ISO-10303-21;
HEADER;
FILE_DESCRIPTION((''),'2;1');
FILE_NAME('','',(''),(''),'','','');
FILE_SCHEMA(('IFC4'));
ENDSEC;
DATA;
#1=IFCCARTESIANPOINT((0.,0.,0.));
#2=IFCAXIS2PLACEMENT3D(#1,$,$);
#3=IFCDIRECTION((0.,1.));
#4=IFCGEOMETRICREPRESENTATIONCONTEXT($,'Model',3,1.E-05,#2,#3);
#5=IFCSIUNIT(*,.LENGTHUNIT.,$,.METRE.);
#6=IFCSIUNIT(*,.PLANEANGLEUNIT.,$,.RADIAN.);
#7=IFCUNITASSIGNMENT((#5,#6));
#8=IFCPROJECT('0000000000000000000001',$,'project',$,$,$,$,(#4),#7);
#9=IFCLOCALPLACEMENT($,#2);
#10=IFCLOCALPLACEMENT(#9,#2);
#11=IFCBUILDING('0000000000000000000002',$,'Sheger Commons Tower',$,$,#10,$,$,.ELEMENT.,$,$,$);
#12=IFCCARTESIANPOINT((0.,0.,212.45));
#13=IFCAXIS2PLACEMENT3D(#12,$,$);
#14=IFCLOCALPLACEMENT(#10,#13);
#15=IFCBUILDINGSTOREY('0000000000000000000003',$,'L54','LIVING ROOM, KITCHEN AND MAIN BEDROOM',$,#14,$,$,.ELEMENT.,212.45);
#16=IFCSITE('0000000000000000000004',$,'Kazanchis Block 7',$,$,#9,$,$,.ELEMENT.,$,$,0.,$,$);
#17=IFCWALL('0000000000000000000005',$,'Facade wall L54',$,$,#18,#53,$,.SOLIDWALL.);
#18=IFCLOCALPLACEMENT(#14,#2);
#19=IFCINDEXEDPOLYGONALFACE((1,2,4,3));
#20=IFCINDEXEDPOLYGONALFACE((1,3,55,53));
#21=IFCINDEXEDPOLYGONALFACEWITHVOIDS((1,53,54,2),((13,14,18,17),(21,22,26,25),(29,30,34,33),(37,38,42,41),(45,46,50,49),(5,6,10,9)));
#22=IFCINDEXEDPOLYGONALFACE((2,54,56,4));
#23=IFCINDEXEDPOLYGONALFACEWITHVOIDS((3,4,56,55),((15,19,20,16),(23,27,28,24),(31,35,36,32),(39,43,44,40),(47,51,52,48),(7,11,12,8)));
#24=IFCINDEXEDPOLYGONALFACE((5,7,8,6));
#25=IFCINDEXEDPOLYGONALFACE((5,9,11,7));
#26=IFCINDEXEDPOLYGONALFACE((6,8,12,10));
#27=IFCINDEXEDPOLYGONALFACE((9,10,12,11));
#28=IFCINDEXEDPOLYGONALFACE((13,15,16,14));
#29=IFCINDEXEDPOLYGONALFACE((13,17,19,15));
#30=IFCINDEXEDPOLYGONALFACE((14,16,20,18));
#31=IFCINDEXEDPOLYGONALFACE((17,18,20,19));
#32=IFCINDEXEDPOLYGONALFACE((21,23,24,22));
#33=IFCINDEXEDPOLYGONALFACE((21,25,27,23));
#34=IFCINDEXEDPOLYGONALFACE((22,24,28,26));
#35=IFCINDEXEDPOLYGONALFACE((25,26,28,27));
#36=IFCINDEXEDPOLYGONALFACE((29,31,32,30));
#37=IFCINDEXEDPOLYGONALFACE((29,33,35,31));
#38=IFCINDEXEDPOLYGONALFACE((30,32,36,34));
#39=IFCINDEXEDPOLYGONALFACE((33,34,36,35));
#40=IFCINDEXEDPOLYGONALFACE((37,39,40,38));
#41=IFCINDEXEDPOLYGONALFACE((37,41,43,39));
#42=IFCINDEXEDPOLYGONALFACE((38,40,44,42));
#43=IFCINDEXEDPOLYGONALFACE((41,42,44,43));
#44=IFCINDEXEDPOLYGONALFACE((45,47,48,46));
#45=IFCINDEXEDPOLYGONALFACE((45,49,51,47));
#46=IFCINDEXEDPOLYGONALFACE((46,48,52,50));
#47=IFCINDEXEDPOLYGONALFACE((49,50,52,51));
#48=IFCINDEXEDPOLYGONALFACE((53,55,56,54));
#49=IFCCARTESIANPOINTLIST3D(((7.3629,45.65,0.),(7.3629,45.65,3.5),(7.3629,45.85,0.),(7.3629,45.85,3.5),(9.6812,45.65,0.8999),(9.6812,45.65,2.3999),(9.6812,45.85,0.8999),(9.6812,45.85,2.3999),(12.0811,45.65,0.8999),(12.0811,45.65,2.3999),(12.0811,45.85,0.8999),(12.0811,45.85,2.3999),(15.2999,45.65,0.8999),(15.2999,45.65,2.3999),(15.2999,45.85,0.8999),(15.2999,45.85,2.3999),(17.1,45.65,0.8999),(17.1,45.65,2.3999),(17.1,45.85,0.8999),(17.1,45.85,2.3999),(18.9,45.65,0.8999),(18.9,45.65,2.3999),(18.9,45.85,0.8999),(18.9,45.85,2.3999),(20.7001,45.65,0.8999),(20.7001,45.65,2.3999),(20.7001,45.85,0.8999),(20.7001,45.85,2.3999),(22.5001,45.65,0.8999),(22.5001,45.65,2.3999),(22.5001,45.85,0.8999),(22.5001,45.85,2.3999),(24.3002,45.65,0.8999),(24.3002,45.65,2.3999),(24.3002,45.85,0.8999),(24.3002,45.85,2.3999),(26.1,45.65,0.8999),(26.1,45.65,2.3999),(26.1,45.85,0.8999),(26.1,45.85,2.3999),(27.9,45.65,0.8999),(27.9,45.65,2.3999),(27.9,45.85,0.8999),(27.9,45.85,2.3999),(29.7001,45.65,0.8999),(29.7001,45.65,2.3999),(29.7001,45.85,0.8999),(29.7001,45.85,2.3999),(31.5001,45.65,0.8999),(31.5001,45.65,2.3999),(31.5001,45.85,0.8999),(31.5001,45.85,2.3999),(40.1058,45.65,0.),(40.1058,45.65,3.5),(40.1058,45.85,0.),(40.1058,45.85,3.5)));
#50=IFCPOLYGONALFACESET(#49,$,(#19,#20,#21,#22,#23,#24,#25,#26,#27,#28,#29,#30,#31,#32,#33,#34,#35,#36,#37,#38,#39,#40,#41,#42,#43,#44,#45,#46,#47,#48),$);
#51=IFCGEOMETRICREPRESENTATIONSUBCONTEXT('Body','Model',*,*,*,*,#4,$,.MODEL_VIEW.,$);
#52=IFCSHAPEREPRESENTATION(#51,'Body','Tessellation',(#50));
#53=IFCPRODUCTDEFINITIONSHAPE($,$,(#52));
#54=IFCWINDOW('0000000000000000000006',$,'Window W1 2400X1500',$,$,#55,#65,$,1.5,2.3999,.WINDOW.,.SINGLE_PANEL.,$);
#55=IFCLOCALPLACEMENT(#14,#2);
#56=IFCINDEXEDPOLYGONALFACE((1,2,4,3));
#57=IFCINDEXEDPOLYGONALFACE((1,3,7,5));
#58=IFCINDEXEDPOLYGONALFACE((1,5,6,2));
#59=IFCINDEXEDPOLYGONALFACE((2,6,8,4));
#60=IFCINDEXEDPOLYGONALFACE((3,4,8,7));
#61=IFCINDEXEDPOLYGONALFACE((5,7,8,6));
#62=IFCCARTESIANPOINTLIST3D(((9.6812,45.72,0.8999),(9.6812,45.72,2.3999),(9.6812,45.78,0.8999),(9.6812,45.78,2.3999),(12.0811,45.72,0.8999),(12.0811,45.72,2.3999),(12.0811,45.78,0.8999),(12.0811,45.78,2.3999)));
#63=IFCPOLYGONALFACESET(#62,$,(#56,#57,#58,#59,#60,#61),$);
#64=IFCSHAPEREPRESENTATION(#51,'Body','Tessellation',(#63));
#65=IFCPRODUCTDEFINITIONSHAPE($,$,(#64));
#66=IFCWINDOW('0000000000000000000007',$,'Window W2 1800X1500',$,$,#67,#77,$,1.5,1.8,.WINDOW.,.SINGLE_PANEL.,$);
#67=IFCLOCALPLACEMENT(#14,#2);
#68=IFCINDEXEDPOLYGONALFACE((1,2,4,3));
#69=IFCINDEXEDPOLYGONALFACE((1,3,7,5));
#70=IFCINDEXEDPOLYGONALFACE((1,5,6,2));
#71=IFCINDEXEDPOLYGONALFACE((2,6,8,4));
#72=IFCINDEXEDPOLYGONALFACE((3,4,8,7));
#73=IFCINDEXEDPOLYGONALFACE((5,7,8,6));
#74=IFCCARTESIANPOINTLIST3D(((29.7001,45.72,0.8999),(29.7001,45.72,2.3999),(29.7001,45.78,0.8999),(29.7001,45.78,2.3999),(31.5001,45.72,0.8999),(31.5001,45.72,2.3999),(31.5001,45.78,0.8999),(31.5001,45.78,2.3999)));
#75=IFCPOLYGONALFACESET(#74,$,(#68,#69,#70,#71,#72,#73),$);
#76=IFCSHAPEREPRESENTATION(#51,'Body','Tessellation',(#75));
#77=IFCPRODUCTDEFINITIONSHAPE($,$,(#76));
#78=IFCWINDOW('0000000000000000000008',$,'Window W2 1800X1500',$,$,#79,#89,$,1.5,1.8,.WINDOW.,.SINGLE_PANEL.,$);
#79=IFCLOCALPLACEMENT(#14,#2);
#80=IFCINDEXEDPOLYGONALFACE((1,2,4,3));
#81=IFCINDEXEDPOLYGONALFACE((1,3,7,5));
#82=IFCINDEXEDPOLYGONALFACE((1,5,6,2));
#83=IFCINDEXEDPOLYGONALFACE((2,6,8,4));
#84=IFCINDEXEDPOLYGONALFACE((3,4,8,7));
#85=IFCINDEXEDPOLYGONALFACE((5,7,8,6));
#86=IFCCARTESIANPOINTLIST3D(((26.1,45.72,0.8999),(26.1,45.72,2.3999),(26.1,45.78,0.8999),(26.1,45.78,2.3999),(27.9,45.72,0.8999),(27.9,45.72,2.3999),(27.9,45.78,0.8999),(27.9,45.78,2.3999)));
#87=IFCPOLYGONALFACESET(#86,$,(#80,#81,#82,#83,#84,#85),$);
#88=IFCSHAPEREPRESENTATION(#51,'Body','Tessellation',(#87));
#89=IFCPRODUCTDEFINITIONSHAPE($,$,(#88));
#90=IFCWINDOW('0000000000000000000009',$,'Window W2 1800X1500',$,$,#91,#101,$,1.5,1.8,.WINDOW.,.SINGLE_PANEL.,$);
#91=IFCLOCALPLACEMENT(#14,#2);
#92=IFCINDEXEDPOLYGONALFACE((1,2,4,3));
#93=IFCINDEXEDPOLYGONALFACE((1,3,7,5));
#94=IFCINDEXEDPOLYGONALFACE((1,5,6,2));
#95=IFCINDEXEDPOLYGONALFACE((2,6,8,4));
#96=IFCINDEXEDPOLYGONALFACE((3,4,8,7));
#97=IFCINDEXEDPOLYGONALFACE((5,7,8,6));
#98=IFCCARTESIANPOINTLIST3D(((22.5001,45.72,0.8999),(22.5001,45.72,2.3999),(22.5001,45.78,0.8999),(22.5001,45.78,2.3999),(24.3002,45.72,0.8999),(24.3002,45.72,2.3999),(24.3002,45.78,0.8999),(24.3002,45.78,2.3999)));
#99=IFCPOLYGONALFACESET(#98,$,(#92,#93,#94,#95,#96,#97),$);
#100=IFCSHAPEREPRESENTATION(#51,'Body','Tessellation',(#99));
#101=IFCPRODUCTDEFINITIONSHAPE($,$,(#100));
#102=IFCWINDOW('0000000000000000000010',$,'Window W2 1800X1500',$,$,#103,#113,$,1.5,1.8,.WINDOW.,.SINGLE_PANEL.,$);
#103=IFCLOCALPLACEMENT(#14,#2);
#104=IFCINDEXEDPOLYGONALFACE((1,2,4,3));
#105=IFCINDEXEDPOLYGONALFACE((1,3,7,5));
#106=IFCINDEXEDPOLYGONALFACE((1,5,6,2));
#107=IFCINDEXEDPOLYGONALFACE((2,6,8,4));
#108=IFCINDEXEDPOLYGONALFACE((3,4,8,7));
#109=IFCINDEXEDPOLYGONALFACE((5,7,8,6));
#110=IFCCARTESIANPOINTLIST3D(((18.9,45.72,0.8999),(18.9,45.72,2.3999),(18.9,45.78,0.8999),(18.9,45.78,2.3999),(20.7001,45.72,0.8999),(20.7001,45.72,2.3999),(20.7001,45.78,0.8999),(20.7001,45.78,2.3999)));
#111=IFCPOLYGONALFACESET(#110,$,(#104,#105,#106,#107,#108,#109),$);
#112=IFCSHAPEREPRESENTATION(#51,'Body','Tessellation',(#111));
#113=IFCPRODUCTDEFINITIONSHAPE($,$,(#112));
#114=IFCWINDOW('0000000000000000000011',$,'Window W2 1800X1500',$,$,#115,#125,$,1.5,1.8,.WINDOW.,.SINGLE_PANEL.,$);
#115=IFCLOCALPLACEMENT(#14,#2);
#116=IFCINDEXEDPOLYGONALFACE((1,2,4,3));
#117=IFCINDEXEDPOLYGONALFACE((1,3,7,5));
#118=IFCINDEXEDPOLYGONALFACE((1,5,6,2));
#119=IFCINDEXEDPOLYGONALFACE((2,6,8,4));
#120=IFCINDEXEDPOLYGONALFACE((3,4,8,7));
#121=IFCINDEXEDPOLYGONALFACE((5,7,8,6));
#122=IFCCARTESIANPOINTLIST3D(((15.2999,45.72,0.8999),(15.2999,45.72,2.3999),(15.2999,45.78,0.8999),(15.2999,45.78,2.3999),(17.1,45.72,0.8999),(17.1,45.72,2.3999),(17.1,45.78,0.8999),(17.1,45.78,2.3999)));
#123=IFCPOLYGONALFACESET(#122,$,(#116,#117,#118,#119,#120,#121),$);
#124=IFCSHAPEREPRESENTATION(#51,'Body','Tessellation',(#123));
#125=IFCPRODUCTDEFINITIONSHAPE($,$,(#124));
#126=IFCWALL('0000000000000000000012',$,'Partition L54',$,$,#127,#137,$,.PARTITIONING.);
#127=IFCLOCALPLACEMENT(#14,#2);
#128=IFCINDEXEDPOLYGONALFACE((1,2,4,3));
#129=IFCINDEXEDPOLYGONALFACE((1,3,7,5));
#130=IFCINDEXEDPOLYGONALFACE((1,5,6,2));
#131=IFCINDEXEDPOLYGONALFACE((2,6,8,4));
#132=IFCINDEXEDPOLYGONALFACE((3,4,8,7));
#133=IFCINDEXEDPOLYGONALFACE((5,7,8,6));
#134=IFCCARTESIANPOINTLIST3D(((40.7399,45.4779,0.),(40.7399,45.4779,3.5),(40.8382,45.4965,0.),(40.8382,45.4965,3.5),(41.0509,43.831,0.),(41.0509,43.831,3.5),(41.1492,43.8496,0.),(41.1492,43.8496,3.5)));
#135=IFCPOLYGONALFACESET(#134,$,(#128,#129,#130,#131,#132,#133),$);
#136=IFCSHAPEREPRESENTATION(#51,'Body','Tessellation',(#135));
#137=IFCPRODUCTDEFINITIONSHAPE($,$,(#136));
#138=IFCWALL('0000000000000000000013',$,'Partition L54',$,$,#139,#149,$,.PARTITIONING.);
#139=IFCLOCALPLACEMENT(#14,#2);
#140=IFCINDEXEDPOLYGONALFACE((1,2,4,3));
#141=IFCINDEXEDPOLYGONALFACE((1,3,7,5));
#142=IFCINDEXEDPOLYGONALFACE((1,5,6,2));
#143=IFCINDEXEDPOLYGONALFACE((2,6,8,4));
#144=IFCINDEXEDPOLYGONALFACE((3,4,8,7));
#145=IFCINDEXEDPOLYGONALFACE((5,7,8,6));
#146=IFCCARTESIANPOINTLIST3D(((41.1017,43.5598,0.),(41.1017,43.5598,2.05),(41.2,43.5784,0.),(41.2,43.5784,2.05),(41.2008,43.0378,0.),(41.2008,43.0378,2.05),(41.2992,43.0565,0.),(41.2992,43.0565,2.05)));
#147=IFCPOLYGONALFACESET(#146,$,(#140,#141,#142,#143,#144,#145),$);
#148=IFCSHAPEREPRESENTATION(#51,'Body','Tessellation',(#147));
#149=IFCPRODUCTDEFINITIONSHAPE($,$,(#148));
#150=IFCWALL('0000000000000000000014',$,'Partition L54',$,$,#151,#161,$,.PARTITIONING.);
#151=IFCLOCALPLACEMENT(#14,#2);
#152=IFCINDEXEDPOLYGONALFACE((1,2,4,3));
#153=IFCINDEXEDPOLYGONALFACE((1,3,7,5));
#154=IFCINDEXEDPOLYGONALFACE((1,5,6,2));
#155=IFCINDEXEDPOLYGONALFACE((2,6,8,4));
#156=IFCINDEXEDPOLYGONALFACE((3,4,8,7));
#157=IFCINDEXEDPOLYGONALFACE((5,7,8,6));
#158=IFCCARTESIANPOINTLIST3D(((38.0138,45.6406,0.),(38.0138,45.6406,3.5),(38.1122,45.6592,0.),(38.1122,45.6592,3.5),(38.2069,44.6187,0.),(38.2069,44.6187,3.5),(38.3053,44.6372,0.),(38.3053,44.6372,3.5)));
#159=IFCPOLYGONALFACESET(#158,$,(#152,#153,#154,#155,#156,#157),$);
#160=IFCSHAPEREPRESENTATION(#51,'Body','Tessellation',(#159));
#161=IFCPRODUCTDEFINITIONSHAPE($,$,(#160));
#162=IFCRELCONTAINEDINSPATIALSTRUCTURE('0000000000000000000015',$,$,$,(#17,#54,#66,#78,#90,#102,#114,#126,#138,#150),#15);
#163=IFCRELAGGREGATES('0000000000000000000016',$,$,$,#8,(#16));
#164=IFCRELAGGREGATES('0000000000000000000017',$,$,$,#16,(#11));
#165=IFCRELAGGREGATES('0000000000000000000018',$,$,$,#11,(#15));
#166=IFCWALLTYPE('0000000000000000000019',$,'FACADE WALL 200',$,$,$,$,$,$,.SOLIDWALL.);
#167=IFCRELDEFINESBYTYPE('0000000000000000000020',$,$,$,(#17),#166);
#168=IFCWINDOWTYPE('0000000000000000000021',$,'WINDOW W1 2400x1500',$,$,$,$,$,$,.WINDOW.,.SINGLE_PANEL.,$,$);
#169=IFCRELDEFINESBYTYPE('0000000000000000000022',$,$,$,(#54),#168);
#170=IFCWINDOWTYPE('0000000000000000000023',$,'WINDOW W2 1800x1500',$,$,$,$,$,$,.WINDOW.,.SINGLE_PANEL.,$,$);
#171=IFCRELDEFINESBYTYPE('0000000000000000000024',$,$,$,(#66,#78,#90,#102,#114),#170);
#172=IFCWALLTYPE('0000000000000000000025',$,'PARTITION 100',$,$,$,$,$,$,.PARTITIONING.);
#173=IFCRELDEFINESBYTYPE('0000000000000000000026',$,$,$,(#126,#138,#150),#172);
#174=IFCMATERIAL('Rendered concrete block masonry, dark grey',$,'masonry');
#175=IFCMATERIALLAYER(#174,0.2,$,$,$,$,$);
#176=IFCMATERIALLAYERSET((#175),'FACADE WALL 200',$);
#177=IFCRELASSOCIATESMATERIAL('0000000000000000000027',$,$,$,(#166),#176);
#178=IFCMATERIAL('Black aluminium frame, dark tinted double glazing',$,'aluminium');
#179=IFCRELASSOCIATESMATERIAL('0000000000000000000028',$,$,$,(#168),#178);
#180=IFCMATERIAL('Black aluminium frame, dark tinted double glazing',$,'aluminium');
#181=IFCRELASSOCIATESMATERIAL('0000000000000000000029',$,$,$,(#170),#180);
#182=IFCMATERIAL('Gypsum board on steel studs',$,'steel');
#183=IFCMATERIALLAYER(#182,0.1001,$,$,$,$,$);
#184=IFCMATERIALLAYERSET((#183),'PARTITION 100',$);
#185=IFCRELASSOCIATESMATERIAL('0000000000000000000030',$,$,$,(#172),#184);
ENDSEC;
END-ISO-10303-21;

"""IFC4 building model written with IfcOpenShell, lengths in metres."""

from ifc_helpers import new_model, si_unit, direction, frame, frame_2d, origin, place, context, subcontext, project, spatial, rectangle, extrude, material, layer, layer_set, type_object, element, fill, save


model = new_model("IFC4")

# Units and contexts
model_context = context("Model", 3, precision=1e-05, world=origin(), true_north=direction((0.0, 1.0)))
body_context = subcontext(model_context, "Body", "Model", "MODEL_VIEW")
ifc_project = project(units=[si_unit("LENGTHUNIT", "METRE"), si_unit("PLANEANGLEUNIT", "RADIAN")], contexts=[model_context])

# Site, building, storey
site_placement = place(None, origin())
site = spatial("IfcSite", under=ifc_project, at=site_placement, Name="Kazanchis Block 7", CompositionType="ELEMENT", RefElevation=0.0)
building_placement = place(site_placement, origin())
building = spatial("IfcBuilding", under=site, at=building_placement, Name="Sheger Commons Tower", CompositionType="ELEMENT")
storey_placement = place(building_placement, frame((0.0, 0.0, 212.45)))
storey = spatial("IfcBuildingStorey", under=building, at=storey_placement, Name="L54", Description="LIVING ROOM, KITCHEN AND MAIN BEDROOM", CompositionType="ELEMENT", Elevation=212.45)

# Shared definitions
ifc_material_1 = material(Name="Rendered concrete block masonry, dark grey", Category="masonry")
ifc_layer_1 = layer(ifc_material_1, 0.2)
ifc_layer_set_1 = layer_set([ifc_layer_1], Name="FACADE WALL 200")
wall_type_1 = type_object("IfcWallType", Name="FACADE WALL 200", PredefinedType="SOLIDWALL", material=ifc_layer_set_1)

# Wall, openings, windows
wall_1_placement = place(storey_placement, frame((40.106, 45.75, 0.0), z_axis=(0.0, 0.0, 1.0), x_axis=(-1.0, 0.0, 0.0)))
wall_1 = element("IfcWall", 1, at=wall_1_placement, inside=storey, type_object=wall_type_1, Name="Facade wall L54", PredefinedType="SOLIDWALL", context=body_context, shape_type="SweptSolid", body=[
    extrude(rectangle(XDim=32.7429, YDim=0.2, at=frame_2d((16.3716, 0.0))), origin(), (0.0, 0.0, 1.0), 3.5),
])
opening_1_placement = place(wall_1_placement, frame((8.606, 0.0, 0.8999)))
opening_1 = element("IfcOpeningElement", 2, at=opening_1_placement, cuts=wall_1, PredefinedType="OPENING", context=body_context, shape_type="SweptSolid", body=[
    extrude(rectangle(XDim=1.8, YDim=1.5, at=frame_2d((0.8999, 0.75))), frame((0.0, 0.1099, 0.0), z_axis=(0.0, -1.0, 0.0), x_axis=(1.0, 0.0, 0.0)), (0.0, 0.0, 1.0), 0.22),
])
opening_2_placement = place(wall_1_placement, frame((12.2061, 0.0, 0.8999)))
opening_2 = element("IfcOpeningElement", 3, at=opening_2_placement, cuts=wall_1, PredefinedType="OPENING", context=body_context, shape_type="SweptSolid", body=[
    extrude(rectangle(XDim=1.8, YDim=1.5, at=frame_2d((0.8999, 0.75))), frame((0.0, 0.1099, 0.0), z_axis=(0.0, -1.0, 0.0), x_axis=(1.0, 0.0, 0.0)), (0.0, 0.0, 1.0), 0.22),
])
opening_3_placement = place(wall_1_placement, frame((15.8059, 0.0, 0.8999)))
opening_3 = element("IfcOpeningElement", 4, at=opening_3_placement, cuts=wall_1, PredefinedType="OPENING", context=body_context, shape_type="SweptSolid", body=[
    extrude(rectangle(XDim=1.8, YDim=1.5, at=frame_2d((0.8999, 0.75))), frame((0.0, 0.1099, 0.0), z_axis=(0.0, -1.0, 0.0), x_axis=(1.0, 0.0, 0.0)), (0.0, 0.0, 1.0), 0.22),
])
opening_4_placement = place(wall_1_placement, frame((19.406, 0.0, 0.8999)))
opening_4 = element("IfcOpeningElement", 5, at=opening_4_placement, cuts=wall_1, PredefinedType="OPENING", context=body_context, shape_type="SweptSolid", body=[
    extrude(rectangle(XDim=1.8, YDim=1.5, at=frame_2d((0.8999, 0.75))), frame((0.0, 0.1099, 0.0), z_axis=(0.0, -1.0, 0.0), x_axis=(1.0, 0.0, 0.0)), (0.0, 0.0, 1.0), 0.22),
])
opening_5_placement = place(wall_1_placement, frame((23.0061, 0.0, 0.8999)))
opening_5 = element("IfcOpeningElement", 6, at=opening_5_placement, cuts=wall_1, PredefinedType="OPENING", context=body_context, shape_type="SweptSolid", body=[
    extrude(rectangle(XDim=1.8, YDim=1.5, at=frame_2d((0.8999, 0.75))), frame((0.0, 0.1099, 0.0), z_axis=(0.0, -1.0, 0.0), x_axis=(1.0, 0.0, 0.0)), (0.0, 0.0, 1.0), 0.22),
])
opening_6_placement = place(wall_1_placement, frame((28.0249, 0.0, 0.8999)))
opening_6 = element("IfcOpeningElement", 7, at=opening_6_placement, cuts=wall_1, PredefinedType="OPENING", context=body_context, shape_type="SweptSolid", body=[
    extrude(rectangle(XDim=2.3999, YDim=1.5, at=frame_2d((1.2, 0.75))), frame((0.0, 0.1099, 0.0), z_axis=(0.0, -1.0, 0.0), x_axis=(1.0, 0.0, 0.0)), (0.0, 0.0, 1.0), 0.22),
])
ifc_material_2 = material(Name="Black aluminium frame, dark tinted double glazing", Category="aluminium")
window_type_1 = type_object("IfcWindowType", Name="WINDOW W1 2400x1500", PartitioningType="SINGLE_PANEL", PredefinedType="WINDOW", material=ifc_material_2)
window_1_placement = place(opening_6_placement, origin())
window_1 = element("IfcWindow", 8, at=window_1_placement, inside=storey, type_object=window_type_1, Name="Window W1 2400X1500", OverallHeight=1.5, OverallWidth=2.3999, PartitioningType="SINGLE_PANEL", PredefinedType="WINDOW", context=body_context, shape_type="SweptSolid", body=[
    extrude(rectangle(XDim=2.3999, YDim=1.5, at=frame_2d((1.2, 0.75))), frame((0.0, 0.03, 0.0), z_axis=(0.0, -1.0, 0.0), x_axis=(1.0, 0.0, 0.0)), (0.0, 0.0, 1.0), 0.0601),
])
fill(opening_6, window_1)
ifc_material_3 = material(Name="Black aluminium frame, dark tinted double glazing", Category="aluminium")
window_type_2 = type_object("IfcWindowType", Name="WINDOW W2 1800x1500", PartitioningType="SINGLE_PANEL", PredefinedType="WINDOW", material=ifc_material_3)
window_2_placement = place(opening_1_placement, origin())
window_2 = element("IfcWindow", 9, at=window_2_placement, inside=storey, type_object=window_type_2, Name="Window W2 1800X1500", OverallHeight=1.5, OverallWidth=1.8, PartitioningType="SINGLE_PANEL", PredefinedType="WINDOW", context=body_context, shape_type="SweptSolid", body=[
    extrude(rectangle(XDim=1.8, YDim=1.5, at=frame_2d((0.8999, 0.75))), frame((0.0, 0.03, 0.0), z_axis=(0.0, -1.0, 0.0), x_axis=(1.0, 0.0, 0.0)), (0.0, 0.0, 1.0), 0.0601),
])
fill(opening_1, window_2)
window_3_placement = place(opening_2_placement, origin())
window_3 = element("IfcWindow", 10, at=window_3_placement, inside=storey, type_object=window_type_2, Name="Window W2 1800X1500", OverallHeight=1.5, OverallWidth=1.8, PartitioningType="SINGLE_PANEL", PredefinedType="WINDOW", context=body_context, shape_type="SweptSolid", body=[
    extrude(rectangle(XDim=1.8, YDim=1.5, at=frame_2d((0.8999, 0.75))), frame((0.0, 0.03, 0.0), z_axis=(0.0, -1.0, 0.0), x_axis=(1.0, 0.0, 0.0)), (0.0, 0.0, 1.0), 0.0601),
])
fill(opening_2, window_3)
window_4_placement = place(opening_3_placement, origin())
window_4 = element("IfcWindow", 11, at=window_4_placement, inside=storey, type_object=window_type_2, Name="Window W2 1800X1500", OverallHeight=1.5, OverallWidth=1.8, PartitioningType="SINGLE_PANEL", PredefinedType="WINDOW", context=body_context, shape_type="SweptSolid", body=[
    extrude(rectangle(XDim=1.8, YDim=1.5, at=frame_2d((0.8999, 0.75))), frame((0.0, 0.03, 0.0), z_axis=(0.0, -1.0, 0.0), x_axis=(1.0, 0.0, 0.0)), (0.0, 0.0, 1.0), 0.0601),
])
fill(opening_3, window_4)
window_5_placement = place(opening_4_placement, origin())
window_5 = element("IfcWindow", 12, at=window_5_placement, inside=storey, type_object=window_type_2, Name="Window W2 1800X1500", OverallHeight=1.5, OverallWidth=1.8, PartitioningType="SINGLE_PANEL", PredefinedType="WINDOW", context=body_context, shape_type="SweptSolid", body=[
    extrude(rectangle(XDim=1.8, YDim=1.5, at=frame_2d((0.8999, 0.75))), frame((0.0, 0.03, 0.0), z_axis=(0.0, -1.0, 0.0), x_axis=(1.0, 0.0, 0.0)), (0.0, 0.0, 1.0), 0.0601),
])
fill(opening_4, window_5)
window_6_placement = place(opening_5_placement, origin())
window_6 = element("IfcWindow", 13, at=window_6_placement, inside=storey, type_object=window_type_2, Name="Window W2 1800X1500", OverallHeight=1.5, OverallWidth=1.8, PartitioningType="SINGLE_PANEL", PredefinedType="WINDOW", context=body_context, shape_type="SweptSolid", body=[
    extrude(rectangle(XDim=1.8, YDim=1.5, at=frame_2d((0.8999, 0.75))), frame((0.0, 0.03, 0.0), z_axis=(0.0, -1.0, 0.0), x_axis=(1.0, 0.0, 0.0)), (0.0, 0.0, 1.0), 0.0601),
])
fill(opening_5, window_6)

# Walls
ifc_material_4 = material(Name="Gypsum board on steel studs", Category="steel")
ifc_layer_2 = layer(ifc_material_4, 0.1001)
ifc_layer_set_2 = layer_set([ifc_layer_2], Name="PARTITION 100")
wall_type_2 = type_object("IfcWallType", Name="PARTITION 100", PredefinedType="PARTITIONING", material=ifc_layer_set_2)
wall_2_placement = place(storey_placement, frame((40.7891, 45.4871, 0.0), z_axis=(0.0, 0.0, 1.0), x_axis=(0.185572, -0.982631, 0.0)))
element("IfcWall", 14, at=wall_2_placement, inside=storey, type_object=wall_type_2, Name="Partition L54", PredefinedType="PARTITIONING", context=body_context, shape_type="SweptSolid", body=[
    extrude(rectangle(XDim=1.676, YDim=0.1001, at=frame_2d((0.8379, 0.0))), origin(), (0.0, 0.0, 1.0), 3.5),
])
wall_3_placement = place(storey_placement, frame((41.1509, 43.5691, 0.0), z_axis=(0.0, 0.0, 1.0), x_axis=(0.186563, -0.982443, 0.0)))
element("IfcWall", 15, at=wall_3_placement, inside=storey, type_object=wall_type_2, Name="Partition L54", PredefinedType="PARTITIONING", context=body_context, shape_type="SweptSolid", body=[
    extrude(rectangle(XDim=0.5312, YDim=0.1001, at=frame_2d((0.2656, 0.0))), origin(), (0.0, 0.0, 1.0), 2.05),
])
wall_4_placement = place(storey_placement, frame((38.063, 45.6499, 0.0), z_axis=(0.0, 0.0, 1.0), x_axis=(0.185677, -0.982611, 0.0)))
element("IfcWall", 16, at=wall_4_placement, inside=storey, type_object=wall_type_2, Name="Partition L54", PredefinedType="PARTITIONING", context=body_context, shape_type="SweptSolid", body=[
    extrude(rectangle(XDim=1.04, YDim=0.1001, at=frame_2d((0.52, 0.0))), origin(), (0.0, 0.0, 1.0), 3.5),
])

save(model, "model.ifc")
